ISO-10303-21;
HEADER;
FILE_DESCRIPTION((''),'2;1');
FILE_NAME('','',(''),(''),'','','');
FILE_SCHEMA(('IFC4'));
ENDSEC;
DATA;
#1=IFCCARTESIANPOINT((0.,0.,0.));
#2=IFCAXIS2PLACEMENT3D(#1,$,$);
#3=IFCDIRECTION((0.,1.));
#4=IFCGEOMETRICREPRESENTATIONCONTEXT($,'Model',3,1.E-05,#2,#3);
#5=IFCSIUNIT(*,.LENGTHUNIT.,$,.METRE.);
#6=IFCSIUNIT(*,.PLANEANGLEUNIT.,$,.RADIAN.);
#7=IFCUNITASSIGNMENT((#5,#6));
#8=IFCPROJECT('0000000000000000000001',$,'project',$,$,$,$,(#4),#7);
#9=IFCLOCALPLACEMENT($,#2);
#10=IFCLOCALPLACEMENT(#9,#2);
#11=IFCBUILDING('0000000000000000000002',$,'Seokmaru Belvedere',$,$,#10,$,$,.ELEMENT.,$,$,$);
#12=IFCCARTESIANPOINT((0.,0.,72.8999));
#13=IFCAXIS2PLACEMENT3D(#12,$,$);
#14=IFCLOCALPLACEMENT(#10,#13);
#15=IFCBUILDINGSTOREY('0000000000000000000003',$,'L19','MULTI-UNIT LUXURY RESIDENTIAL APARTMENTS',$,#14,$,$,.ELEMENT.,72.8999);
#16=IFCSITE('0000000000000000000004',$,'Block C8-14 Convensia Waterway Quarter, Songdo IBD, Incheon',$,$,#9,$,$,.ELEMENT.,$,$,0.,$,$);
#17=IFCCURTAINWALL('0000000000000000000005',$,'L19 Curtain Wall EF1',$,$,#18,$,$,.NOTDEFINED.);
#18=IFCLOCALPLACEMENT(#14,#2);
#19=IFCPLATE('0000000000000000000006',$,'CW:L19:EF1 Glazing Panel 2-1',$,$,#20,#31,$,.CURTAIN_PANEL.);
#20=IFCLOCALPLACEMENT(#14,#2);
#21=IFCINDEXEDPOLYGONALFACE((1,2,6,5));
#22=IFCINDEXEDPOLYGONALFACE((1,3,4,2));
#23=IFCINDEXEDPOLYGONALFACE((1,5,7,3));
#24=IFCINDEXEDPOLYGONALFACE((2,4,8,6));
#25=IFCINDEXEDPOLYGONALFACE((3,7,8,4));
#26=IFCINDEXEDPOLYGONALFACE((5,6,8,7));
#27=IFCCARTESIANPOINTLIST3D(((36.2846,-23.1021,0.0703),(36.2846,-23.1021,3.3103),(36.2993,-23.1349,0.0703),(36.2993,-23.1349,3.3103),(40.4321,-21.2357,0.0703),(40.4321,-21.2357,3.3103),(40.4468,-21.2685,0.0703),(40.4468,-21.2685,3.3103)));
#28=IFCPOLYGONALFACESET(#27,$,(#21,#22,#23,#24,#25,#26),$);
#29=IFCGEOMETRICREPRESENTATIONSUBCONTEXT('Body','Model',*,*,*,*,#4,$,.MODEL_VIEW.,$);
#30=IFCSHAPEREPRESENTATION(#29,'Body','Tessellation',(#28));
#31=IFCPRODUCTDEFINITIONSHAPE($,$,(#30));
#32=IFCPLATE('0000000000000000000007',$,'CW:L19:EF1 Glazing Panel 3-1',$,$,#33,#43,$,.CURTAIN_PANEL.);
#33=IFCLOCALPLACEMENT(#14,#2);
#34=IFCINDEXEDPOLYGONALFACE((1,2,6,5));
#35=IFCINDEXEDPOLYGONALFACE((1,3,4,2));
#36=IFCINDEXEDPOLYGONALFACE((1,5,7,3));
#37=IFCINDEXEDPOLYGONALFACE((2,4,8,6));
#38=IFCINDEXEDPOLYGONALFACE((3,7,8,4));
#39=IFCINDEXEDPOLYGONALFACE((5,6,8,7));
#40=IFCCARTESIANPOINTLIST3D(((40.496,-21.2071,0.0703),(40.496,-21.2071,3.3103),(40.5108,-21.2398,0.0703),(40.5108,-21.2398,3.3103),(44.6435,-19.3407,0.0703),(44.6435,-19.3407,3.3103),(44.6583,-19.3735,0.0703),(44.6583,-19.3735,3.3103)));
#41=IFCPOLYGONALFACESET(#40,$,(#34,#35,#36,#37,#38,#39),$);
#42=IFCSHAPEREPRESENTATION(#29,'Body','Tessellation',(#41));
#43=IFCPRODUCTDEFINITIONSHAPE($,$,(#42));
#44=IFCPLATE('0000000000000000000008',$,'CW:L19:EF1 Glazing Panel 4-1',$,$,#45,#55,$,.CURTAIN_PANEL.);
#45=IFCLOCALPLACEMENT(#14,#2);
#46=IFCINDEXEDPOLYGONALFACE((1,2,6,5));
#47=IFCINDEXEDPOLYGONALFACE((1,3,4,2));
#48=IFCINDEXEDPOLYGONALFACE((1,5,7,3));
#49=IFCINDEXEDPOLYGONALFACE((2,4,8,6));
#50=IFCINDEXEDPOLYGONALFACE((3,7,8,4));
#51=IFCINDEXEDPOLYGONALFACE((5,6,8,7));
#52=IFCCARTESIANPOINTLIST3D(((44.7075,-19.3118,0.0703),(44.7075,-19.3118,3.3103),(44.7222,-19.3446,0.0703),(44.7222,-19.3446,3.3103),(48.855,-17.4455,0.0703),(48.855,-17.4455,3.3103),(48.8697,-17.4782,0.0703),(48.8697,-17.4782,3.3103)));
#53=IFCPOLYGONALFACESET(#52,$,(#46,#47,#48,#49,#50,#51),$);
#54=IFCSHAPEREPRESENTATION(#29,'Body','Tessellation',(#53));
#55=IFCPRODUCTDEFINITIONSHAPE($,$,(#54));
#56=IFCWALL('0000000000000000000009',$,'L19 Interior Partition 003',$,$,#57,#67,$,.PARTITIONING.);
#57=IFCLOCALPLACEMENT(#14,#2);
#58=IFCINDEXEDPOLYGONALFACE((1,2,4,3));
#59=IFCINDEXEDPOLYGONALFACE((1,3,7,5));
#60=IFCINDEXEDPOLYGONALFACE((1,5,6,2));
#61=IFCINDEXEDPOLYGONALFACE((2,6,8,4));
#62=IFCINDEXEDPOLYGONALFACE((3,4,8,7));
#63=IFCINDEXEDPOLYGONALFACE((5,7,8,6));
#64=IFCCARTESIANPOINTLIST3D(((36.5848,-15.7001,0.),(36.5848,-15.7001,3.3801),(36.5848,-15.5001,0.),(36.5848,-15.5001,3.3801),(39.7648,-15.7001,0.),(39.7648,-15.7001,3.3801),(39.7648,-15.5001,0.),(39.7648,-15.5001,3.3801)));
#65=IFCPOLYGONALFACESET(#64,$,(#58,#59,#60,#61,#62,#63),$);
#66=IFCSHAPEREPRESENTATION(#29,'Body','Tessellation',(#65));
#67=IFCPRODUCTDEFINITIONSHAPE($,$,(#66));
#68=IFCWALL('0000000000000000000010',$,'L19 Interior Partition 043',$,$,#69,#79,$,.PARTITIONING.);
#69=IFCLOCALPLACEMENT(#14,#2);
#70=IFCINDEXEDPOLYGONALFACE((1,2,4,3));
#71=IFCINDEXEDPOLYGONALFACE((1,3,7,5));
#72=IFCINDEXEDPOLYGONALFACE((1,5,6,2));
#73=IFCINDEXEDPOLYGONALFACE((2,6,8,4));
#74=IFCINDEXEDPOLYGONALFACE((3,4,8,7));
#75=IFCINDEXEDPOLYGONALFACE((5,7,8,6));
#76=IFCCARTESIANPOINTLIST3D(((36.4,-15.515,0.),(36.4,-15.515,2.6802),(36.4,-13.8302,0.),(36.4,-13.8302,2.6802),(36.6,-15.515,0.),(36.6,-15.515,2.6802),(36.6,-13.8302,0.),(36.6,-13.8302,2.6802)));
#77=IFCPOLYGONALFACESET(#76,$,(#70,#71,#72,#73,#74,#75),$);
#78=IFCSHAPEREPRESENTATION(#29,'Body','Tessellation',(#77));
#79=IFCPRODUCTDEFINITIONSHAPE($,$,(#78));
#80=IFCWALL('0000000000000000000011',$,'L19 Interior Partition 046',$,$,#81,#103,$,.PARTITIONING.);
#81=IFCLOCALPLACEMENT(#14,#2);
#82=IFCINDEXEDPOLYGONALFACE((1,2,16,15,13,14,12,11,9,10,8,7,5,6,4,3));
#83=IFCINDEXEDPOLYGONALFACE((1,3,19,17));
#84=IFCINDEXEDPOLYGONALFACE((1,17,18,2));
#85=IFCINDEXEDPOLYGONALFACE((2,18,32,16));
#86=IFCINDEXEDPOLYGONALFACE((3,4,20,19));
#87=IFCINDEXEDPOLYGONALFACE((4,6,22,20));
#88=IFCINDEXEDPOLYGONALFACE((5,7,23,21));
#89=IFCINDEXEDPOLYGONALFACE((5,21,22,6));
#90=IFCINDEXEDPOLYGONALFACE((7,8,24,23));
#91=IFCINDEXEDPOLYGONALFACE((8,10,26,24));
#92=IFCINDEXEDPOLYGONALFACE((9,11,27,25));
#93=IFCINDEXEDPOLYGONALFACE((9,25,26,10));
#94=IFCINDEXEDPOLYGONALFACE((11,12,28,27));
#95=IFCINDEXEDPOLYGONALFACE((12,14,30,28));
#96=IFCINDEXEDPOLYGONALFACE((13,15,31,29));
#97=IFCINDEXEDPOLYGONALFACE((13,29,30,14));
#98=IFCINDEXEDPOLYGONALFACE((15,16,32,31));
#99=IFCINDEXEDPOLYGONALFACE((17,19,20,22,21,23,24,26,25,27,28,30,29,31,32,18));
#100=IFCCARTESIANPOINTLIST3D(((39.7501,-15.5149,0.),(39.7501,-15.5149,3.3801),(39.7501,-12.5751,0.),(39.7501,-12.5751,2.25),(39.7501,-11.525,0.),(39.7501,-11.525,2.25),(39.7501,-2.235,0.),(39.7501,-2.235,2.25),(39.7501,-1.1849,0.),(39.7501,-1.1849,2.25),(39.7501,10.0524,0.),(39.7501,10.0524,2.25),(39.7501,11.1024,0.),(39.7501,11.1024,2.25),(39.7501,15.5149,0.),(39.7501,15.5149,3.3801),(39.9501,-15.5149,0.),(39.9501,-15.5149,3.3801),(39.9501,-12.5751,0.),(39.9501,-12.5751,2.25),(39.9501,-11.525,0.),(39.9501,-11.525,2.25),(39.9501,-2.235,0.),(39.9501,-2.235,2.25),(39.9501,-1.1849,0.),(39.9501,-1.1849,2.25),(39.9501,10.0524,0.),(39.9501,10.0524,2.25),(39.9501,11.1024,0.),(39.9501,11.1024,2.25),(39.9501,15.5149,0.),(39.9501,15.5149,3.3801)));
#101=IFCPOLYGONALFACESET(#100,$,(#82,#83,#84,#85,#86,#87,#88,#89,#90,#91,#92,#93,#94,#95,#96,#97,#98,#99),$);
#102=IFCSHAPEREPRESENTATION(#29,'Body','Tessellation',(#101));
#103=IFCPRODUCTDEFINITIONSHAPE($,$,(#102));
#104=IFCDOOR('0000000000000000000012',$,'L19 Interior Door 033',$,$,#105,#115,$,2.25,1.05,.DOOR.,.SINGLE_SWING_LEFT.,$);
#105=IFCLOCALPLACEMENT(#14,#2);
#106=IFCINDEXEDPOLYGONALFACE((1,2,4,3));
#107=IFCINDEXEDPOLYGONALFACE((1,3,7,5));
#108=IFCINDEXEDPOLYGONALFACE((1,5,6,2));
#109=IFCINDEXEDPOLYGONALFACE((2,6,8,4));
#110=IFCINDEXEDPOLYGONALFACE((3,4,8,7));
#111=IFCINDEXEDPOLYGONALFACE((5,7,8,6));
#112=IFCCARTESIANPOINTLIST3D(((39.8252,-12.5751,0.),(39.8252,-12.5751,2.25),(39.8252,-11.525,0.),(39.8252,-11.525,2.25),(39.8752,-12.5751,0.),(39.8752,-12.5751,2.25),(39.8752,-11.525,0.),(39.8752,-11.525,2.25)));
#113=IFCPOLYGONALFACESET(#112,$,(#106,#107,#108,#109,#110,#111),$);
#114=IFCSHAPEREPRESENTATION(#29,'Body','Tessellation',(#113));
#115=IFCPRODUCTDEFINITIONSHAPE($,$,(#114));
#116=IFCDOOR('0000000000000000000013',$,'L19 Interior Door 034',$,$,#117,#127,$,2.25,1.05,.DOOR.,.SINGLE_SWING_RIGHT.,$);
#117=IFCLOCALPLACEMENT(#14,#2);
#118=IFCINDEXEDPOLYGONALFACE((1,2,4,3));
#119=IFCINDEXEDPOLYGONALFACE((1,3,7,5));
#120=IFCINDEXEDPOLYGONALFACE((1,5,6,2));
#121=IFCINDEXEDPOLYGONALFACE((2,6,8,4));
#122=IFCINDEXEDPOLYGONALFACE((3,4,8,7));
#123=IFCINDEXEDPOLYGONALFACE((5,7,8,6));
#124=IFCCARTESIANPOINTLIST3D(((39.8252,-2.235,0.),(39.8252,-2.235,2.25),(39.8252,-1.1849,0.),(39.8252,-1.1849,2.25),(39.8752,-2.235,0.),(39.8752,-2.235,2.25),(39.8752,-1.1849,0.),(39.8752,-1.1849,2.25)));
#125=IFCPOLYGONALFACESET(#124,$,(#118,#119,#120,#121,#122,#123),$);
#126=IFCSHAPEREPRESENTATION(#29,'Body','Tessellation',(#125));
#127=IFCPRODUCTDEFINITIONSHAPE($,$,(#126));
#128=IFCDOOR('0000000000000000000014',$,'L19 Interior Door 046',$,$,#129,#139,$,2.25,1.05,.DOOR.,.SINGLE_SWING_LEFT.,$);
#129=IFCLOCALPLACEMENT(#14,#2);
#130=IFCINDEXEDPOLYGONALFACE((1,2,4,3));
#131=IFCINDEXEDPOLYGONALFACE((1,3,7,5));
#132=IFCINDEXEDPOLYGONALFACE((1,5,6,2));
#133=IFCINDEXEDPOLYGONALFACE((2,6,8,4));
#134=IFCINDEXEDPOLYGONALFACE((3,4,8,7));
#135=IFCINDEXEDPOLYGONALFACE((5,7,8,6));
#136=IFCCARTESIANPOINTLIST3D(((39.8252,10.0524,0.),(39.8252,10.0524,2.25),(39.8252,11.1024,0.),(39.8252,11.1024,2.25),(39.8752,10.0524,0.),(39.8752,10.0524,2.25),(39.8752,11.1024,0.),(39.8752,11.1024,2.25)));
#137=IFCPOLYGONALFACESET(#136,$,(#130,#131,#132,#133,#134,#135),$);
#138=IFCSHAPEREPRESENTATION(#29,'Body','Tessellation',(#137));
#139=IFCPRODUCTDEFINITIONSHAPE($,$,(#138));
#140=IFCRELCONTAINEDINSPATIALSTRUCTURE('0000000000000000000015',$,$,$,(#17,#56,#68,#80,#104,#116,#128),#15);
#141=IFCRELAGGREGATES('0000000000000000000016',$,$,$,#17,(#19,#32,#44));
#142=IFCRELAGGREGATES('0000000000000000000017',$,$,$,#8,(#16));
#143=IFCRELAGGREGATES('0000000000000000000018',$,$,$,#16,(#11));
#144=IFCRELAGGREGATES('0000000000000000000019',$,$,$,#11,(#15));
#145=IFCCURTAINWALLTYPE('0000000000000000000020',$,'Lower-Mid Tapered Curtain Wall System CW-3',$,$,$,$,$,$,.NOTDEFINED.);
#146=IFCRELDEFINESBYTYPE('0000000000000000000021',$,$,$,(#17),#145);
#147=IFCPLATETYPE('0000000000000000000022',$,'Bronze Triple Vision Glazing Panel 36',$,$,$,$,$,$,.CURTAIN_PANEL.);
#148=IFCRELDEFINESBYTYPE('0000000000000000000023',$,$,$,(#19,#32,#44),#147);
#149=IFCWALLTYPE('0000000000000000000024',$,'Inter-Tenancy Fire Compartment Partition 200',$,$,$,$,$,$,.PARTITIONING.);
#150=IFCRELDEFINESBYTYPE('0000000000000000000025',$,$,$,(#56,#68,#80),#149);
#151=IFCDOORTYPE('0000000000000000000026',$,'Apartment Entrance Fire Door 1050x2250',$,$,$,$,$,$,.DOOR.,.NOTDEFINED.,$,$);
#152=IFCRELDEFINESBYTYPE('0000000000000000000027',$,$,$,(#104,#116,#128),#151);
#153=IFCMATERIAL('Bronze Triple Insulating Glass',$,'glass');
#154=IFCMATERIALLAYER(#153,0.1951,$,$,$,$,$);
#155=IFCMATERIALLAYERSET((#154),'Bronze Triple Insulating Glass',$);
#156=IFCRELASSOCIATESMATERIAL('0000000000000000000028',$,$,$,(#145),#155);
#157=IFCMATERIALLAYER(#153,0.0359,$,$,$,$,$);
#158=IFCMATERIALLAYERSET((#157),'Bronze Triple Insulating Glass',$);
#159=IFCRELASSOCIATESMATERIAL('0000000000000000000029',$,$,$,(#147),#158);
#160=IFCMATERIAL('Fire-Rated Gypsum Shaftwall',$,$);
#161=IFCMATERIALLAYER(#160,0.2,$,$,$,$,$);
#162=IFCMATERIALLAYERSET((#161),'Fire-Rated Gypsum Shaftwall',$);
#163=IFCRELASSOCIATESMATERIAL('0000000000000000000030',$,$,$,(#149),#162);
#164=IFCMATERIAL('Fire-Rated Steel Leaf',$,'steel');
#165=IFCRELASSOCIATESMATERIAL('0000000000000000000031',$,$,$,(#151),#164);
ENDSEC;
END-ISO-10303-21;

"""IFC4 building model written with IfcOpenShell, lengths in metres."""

from ifc_helpers import new_model, si_unit, direction, frame, frame_2d, origin, origin_2d, place, context, subcontext, project, spatial, rectangle, extrude, source, transform, mapped, material, layer, layer_set, type_object, type_shapes, element, fill, aggregate, save


model = new_model("IFC4")

# Units and contexts
model_context = context("Model", 3, precision=1e-05, world=origin(), true_north=direction((0.0, 1.0)))
body_context = subcontext(model_context, "Body", "Model", "MODEL_VIEW")
ifc_project = project(units=[si_unit("LENGTHUNIT", "METRE"), si_unit("PLANEANGLEUNIT", "RADIAN")], contexts=[model_context])

# Site, building, storey
site_placement = place(None, origin())
site = spatial("IfcSite", under=ifc_project, at=site_placement, Name="Block C8-14 Convensia Waterway Quarter, Songdo IBD, Incheon", CompositionType="ELEMENT", RefElevation=0.0)
building_placement = place(site_placement, origin())
building = spatial("IfcBuilding", under=site, at=building_placement, Name="Seokmaru Belvedere", CompositionType="ELEMENT")
storey_placement = place(building_placement, frame((0.0, 0.0, 72.8999)))
storey = spatial("IfcBuildingStorey", under=building, at=storey_placement, Name="L19", Description="MULTI-UNIT LUXURY RESIDENTIAL APARTMENTS", CompositionType="ELEMENT", Elevation=72.8999)

# Curtain wall, plates
ifc_material_1 = material(Name="Bronze Triple Insulating Glass", Category="glass")
ifc_layer_1 = layer(ifc_material_1, 0.1951)
ifc_layer_set_1 = layer_set([ifc_layer_1], Name="Bronze Triple Insulating Glass")
curtain_wall_type = type_object("IfcCurtainWallType", Name="Lower-Mid Tapered Curtain Wall System CW-3", PredefinedType="NOTDEFINED", material=ifc_layer_set_1)
curtain_wall_placement = place(storey_placement, origin())
curtain_wall = element("IfcCurtainWall", 1, at=curtain_wall_placement, inside=storey, type_object=curtain_wall_type, Name="L19 Curtain Wall EF1", PredefinedType="NOTDEFINED")
ifc_layer_2 = layer(ifc_material_1, 0.0359)
ifc_layer_set_2 = layer_set([ifc_layer_2], Name="Bronze Triple Insulating Glass")
plate_type = type_object("IfcPlateType", Name="Bronze Triple Vision Glazing Panel 36", PredefinedType="CURTAIN_PANEL", material=ifc_layer_set_2)
shared_shape_1 = source(origin(), body_context, "Body", "SweptSolid", [
    extrude(rectangle(XDim=4.5481, YDim=0.0359, at=origin_2d()), origin(), (0.0, 0.0, 1.0), 3.24),
])
type_shapes(plate_type, [shared_shape_1])
plate_1_placement = place(storey_placement, frame((38.3657, -22.1853, 0.0703), z_axis=(0.0, 0.0, 1.0), x_axis=(0.911921, 0.410366, 0.0)))
plate_1 = element("IfcPlate", 2, at=plate_1_placement, type_object=plate_type, Name="CW:L19:EF1 Glazing Panel 2-1", PredefinedType="CURTAIN_PANEL", context=body_context, shape_type="MappedRepresentation", body=[
    mapped(shared_shape_1, transform((0.0, 0.0, 0.0), scale=1.0)),
])
plate_2_placement = place(storey_placement, frame((42.5771, -20.2903, 0.0703), z_axis=(0.0, 0.0, 1.0), x_axis=(0.911921, 0.410366, 0.0)))
plate_2 = element("IfcPlate", 3, at=plate_2_placement, type_object=plate_type, Name="CW:L19:EF1 Glazing Panel 3-1", PredefinedType="CURTAIN_PANEL", context=body_context, shape_type="MappedRepresentation", body=[
    mapped(shared_shape_1, transform((0.0, 0.0, 0.0), scale=1.0)),
])
plate_3_placement = place(storey_placement, frame((46.7886, -18.395, 0.0703), z_axis=(0.0, 0.0, 1.0), x_axis=(0.911921, 0.410366, 0.0)))
plate_3 = element("IfcPlate", 4, at=plate_3_placement, type_object=plate_type, Name="CW:L19:EF1 Glazing Panel 4-1", PredefinedType="CURTAIN_PANEL", context=body_context, shape_type="MappedRepresentation", body=[
    mapped(shared_shape_1, transform((0.0, 0.0, 0.0), scale=1.0)),
])
aggregate(curtain_wall, [plate_1, plate_2, plate_3])

# Walls
ifc_material_2 = material(Name="Fire-Rated Gypsum Shaftwall")
ifc_layer_3 = layer(ifc_material_2, 0.2)
ifc_layer_set_3 = layer_set([ifc_layer_3], Name="Fire-Rated Gypsum Shaftwall")
wall_type = type_object("IfcWallType", Name="Inter-Tenancy Fire Compartment Partition 200", PredefinedType="PARTITIONING", material=ifc_layer_set_3)
wall_1_placement = place(storey_placement, frame((36.585, -15.6001, 0.0), z_axis=(0.0, 0.0, 1.0), x_axis=(1.0, 0.0, 0.0)))
element("IfcWall", 5, at=wall_1_placement, inside=storey, type_object=wall_type, Name="L19 Interior Partition 003", PredefinedType="PARTITIONING", context=body_context, shape_type="SweptSolid", body=[
    extrude(rectangle(XDim=3.1799, YDim=0.2, at=frame_2d((1.5898, 0.0))), origin(), (0.0, 0.0, 1.0), 3.3801),
])
wall_2_placement = place(storey_placement, frame((36.5, -15.5149, 0.0), z_axis=(0.0, 0.0, 1.0), x_axis=(0.0, 1.0, 0.0)))
element("IfcWall", 6, at=wall_2_placement, inside=storey, type_object=wall_type, Name="L19 Interior Partition 043", PredefinedType="PARTITIONING", context=body_context, shape_type="SweptSolid", body=[
    extrude(rectangle(XDim=1.6848, YDim=0.2, at=frame_2d((0.8423, 0.0))), origin(), (0.0, 0.0, 1.0), 2.6802),
])

# Wall, openings, doors
wall_3_placement = place(storey_placement, frame((39.8501, -15.5149, 0.0), z_axis=(0.0, 0.0, 1.0), x_axis=(0.0, 1.0, 0.0)))
wall_3 = element("IfcWall", 7, at=wall_3_placement, inside=storey, type_object=wall_type, Name="L19 Interior Partition 046", PredefinedType="PARTITIONING", context=body_context, shape_type="SweptSolid", body=[
    extrude(rectangle(XDim=31.0298, YDim=0.2, at=frame_2d((15.5149, 0.0))), origin(), (0.0, 0.0, 1.0), 3.3801),
])
opening_1_placement = place(wall_3_placement, frame((2.9399, 0.0, 0.0)))
opening_1 = element("IfcOpeningElement", 8, at=opening_1_placement, cuts=wall_3, PredefinedType="OPENING", context=body_context, shape_type="SweptSolid", body=[
    extrude(rectangle(XDim=1.05, YDim=2.25, at=frame_2d((0.5249, 1.125))), frame((0.0, 0.1099, 0.0), z_axis=(0.0, -1.0, 0.0), x_axis=(1.0, 0.0, 0.0)), (0.0, 0.0, 1.0), 0.22),
])
opening_2_placement = place(wall_3_placement, frame((13.28, 0.0, 0.0)))
opening_2 = element("IfcOpeningElement", 9, at=opening_2_placement, cuts=wall_3, PredefinedType="OPENING", context=body_context, shape_type="SweptSolid", body=[
    extrude(rectangle(XDim=1.05, YDim=2.25, at=frame_2d((0.5249, 1.125))), frame((0.0, 0.1099, 0.0), z_axis=(0.0, -1.0, 0.0), x_axis=(1.0, 0.0, 0.0)), (0.0, 0.0, 1.0), 0.22),
])
opening_3_placement = place(wall_3_placement, frame((25.5674, 0.0, 0.0)))
opening_3 = element("IfcOpeningElement", 10, at=opening_3_placement, cuts=wall_3, PredefinedType="OPENING", context=body_context, shape_type="SweptSolid", body=[
    extrude(rectangle(XDim=1.05, YDim=2.25, at=frame_2d((0.5249, 1.125))), frame((0.0, 0.1099, 0.0), z_axis=(0.0, -1.0, 0.0), x_axis=(1.0, 0.0, 0.0)), (0.0, 0.0, 1.0), 0.22),
])
ifc_material_3 = material(Name="Fire-Rated Steel Leaf", Category="steel")
door_type = type_object("IfcDoorType", Name="Apartment Entrance Fire Door 1050x2250", OperationType="NOTDEFINED", PredefinedType="DOOR", material=ifc_material_3)
shared_shape_2 = source(origin(), body_context, "Body", "SweptSolid", [
    extrude(rectangle(XDim=1.05, YDim=2.25, at=frame_2d((0.5249, 1.125))), frame((0.0, 0.0249, 0.0), z_axis=(0.0, -1.0, 0.0), x_axis=(1.0, 0.0, 0.0)), (0.0, 0.0, 1.0), 0.05),
])
type_shapes(door_type, [shared_shape_2])
door_1_placement = place(opening_1_placement, origin())
door_1 = element("IfcDoor", 11, at=door_1_placement, inside=storey, type_object=door_type, Name="L19 Interior Door 033", OperationType="SINGLE_SWING_LEFT", OverallHeight=2.25, OverallWidth=1.05, PredefinedType="DOOR", context=body_context, shape_type="MappedRepresentation", body=[
    mapped(shared_shape_2, transform((0.0, 0.0, 0.0), scale=1.0)),
])
fill(opening_1, door_1)
door_2_placement = place(opening_2_placement, origin())
door_2 = element("IfcDoor", 12, at=door_2_placement, inside=storey, type_object=door_type, Name="L19 Interior Door 034", OperationType="SINGLE_SWING_RIGHT", OverallHeight=2.25, OverallWidth=1.05, PredefinedType="DOOR", context=body_context, shape_type="MappedRepresentation", body=[
    mapped(shared_shape_2, transform((0.0, 0.0, 0.0), scale=1.0)),
])
fill(opening_2, door_2)
door_3_placement = place(opening_3_placement, origin())
door_3 = element("IfcDoor", 13, at=door_3_placement, inside=storey, type_object=door_type, Name="L19 Interior Door 046", OperationType="SINGLE_SWING_LEFT", OverallHeight=2.25, OverallWidth=1.05, PredefinedType="DOOR", context=body_context, shape_type="MappedRepresentation", body=[
    mapped(shared_shape_2, transform((0.0, 0.0, 0.0), scale=1.0)),
])
fill(opening_3, door_3)

save(model, "model.ifc")
